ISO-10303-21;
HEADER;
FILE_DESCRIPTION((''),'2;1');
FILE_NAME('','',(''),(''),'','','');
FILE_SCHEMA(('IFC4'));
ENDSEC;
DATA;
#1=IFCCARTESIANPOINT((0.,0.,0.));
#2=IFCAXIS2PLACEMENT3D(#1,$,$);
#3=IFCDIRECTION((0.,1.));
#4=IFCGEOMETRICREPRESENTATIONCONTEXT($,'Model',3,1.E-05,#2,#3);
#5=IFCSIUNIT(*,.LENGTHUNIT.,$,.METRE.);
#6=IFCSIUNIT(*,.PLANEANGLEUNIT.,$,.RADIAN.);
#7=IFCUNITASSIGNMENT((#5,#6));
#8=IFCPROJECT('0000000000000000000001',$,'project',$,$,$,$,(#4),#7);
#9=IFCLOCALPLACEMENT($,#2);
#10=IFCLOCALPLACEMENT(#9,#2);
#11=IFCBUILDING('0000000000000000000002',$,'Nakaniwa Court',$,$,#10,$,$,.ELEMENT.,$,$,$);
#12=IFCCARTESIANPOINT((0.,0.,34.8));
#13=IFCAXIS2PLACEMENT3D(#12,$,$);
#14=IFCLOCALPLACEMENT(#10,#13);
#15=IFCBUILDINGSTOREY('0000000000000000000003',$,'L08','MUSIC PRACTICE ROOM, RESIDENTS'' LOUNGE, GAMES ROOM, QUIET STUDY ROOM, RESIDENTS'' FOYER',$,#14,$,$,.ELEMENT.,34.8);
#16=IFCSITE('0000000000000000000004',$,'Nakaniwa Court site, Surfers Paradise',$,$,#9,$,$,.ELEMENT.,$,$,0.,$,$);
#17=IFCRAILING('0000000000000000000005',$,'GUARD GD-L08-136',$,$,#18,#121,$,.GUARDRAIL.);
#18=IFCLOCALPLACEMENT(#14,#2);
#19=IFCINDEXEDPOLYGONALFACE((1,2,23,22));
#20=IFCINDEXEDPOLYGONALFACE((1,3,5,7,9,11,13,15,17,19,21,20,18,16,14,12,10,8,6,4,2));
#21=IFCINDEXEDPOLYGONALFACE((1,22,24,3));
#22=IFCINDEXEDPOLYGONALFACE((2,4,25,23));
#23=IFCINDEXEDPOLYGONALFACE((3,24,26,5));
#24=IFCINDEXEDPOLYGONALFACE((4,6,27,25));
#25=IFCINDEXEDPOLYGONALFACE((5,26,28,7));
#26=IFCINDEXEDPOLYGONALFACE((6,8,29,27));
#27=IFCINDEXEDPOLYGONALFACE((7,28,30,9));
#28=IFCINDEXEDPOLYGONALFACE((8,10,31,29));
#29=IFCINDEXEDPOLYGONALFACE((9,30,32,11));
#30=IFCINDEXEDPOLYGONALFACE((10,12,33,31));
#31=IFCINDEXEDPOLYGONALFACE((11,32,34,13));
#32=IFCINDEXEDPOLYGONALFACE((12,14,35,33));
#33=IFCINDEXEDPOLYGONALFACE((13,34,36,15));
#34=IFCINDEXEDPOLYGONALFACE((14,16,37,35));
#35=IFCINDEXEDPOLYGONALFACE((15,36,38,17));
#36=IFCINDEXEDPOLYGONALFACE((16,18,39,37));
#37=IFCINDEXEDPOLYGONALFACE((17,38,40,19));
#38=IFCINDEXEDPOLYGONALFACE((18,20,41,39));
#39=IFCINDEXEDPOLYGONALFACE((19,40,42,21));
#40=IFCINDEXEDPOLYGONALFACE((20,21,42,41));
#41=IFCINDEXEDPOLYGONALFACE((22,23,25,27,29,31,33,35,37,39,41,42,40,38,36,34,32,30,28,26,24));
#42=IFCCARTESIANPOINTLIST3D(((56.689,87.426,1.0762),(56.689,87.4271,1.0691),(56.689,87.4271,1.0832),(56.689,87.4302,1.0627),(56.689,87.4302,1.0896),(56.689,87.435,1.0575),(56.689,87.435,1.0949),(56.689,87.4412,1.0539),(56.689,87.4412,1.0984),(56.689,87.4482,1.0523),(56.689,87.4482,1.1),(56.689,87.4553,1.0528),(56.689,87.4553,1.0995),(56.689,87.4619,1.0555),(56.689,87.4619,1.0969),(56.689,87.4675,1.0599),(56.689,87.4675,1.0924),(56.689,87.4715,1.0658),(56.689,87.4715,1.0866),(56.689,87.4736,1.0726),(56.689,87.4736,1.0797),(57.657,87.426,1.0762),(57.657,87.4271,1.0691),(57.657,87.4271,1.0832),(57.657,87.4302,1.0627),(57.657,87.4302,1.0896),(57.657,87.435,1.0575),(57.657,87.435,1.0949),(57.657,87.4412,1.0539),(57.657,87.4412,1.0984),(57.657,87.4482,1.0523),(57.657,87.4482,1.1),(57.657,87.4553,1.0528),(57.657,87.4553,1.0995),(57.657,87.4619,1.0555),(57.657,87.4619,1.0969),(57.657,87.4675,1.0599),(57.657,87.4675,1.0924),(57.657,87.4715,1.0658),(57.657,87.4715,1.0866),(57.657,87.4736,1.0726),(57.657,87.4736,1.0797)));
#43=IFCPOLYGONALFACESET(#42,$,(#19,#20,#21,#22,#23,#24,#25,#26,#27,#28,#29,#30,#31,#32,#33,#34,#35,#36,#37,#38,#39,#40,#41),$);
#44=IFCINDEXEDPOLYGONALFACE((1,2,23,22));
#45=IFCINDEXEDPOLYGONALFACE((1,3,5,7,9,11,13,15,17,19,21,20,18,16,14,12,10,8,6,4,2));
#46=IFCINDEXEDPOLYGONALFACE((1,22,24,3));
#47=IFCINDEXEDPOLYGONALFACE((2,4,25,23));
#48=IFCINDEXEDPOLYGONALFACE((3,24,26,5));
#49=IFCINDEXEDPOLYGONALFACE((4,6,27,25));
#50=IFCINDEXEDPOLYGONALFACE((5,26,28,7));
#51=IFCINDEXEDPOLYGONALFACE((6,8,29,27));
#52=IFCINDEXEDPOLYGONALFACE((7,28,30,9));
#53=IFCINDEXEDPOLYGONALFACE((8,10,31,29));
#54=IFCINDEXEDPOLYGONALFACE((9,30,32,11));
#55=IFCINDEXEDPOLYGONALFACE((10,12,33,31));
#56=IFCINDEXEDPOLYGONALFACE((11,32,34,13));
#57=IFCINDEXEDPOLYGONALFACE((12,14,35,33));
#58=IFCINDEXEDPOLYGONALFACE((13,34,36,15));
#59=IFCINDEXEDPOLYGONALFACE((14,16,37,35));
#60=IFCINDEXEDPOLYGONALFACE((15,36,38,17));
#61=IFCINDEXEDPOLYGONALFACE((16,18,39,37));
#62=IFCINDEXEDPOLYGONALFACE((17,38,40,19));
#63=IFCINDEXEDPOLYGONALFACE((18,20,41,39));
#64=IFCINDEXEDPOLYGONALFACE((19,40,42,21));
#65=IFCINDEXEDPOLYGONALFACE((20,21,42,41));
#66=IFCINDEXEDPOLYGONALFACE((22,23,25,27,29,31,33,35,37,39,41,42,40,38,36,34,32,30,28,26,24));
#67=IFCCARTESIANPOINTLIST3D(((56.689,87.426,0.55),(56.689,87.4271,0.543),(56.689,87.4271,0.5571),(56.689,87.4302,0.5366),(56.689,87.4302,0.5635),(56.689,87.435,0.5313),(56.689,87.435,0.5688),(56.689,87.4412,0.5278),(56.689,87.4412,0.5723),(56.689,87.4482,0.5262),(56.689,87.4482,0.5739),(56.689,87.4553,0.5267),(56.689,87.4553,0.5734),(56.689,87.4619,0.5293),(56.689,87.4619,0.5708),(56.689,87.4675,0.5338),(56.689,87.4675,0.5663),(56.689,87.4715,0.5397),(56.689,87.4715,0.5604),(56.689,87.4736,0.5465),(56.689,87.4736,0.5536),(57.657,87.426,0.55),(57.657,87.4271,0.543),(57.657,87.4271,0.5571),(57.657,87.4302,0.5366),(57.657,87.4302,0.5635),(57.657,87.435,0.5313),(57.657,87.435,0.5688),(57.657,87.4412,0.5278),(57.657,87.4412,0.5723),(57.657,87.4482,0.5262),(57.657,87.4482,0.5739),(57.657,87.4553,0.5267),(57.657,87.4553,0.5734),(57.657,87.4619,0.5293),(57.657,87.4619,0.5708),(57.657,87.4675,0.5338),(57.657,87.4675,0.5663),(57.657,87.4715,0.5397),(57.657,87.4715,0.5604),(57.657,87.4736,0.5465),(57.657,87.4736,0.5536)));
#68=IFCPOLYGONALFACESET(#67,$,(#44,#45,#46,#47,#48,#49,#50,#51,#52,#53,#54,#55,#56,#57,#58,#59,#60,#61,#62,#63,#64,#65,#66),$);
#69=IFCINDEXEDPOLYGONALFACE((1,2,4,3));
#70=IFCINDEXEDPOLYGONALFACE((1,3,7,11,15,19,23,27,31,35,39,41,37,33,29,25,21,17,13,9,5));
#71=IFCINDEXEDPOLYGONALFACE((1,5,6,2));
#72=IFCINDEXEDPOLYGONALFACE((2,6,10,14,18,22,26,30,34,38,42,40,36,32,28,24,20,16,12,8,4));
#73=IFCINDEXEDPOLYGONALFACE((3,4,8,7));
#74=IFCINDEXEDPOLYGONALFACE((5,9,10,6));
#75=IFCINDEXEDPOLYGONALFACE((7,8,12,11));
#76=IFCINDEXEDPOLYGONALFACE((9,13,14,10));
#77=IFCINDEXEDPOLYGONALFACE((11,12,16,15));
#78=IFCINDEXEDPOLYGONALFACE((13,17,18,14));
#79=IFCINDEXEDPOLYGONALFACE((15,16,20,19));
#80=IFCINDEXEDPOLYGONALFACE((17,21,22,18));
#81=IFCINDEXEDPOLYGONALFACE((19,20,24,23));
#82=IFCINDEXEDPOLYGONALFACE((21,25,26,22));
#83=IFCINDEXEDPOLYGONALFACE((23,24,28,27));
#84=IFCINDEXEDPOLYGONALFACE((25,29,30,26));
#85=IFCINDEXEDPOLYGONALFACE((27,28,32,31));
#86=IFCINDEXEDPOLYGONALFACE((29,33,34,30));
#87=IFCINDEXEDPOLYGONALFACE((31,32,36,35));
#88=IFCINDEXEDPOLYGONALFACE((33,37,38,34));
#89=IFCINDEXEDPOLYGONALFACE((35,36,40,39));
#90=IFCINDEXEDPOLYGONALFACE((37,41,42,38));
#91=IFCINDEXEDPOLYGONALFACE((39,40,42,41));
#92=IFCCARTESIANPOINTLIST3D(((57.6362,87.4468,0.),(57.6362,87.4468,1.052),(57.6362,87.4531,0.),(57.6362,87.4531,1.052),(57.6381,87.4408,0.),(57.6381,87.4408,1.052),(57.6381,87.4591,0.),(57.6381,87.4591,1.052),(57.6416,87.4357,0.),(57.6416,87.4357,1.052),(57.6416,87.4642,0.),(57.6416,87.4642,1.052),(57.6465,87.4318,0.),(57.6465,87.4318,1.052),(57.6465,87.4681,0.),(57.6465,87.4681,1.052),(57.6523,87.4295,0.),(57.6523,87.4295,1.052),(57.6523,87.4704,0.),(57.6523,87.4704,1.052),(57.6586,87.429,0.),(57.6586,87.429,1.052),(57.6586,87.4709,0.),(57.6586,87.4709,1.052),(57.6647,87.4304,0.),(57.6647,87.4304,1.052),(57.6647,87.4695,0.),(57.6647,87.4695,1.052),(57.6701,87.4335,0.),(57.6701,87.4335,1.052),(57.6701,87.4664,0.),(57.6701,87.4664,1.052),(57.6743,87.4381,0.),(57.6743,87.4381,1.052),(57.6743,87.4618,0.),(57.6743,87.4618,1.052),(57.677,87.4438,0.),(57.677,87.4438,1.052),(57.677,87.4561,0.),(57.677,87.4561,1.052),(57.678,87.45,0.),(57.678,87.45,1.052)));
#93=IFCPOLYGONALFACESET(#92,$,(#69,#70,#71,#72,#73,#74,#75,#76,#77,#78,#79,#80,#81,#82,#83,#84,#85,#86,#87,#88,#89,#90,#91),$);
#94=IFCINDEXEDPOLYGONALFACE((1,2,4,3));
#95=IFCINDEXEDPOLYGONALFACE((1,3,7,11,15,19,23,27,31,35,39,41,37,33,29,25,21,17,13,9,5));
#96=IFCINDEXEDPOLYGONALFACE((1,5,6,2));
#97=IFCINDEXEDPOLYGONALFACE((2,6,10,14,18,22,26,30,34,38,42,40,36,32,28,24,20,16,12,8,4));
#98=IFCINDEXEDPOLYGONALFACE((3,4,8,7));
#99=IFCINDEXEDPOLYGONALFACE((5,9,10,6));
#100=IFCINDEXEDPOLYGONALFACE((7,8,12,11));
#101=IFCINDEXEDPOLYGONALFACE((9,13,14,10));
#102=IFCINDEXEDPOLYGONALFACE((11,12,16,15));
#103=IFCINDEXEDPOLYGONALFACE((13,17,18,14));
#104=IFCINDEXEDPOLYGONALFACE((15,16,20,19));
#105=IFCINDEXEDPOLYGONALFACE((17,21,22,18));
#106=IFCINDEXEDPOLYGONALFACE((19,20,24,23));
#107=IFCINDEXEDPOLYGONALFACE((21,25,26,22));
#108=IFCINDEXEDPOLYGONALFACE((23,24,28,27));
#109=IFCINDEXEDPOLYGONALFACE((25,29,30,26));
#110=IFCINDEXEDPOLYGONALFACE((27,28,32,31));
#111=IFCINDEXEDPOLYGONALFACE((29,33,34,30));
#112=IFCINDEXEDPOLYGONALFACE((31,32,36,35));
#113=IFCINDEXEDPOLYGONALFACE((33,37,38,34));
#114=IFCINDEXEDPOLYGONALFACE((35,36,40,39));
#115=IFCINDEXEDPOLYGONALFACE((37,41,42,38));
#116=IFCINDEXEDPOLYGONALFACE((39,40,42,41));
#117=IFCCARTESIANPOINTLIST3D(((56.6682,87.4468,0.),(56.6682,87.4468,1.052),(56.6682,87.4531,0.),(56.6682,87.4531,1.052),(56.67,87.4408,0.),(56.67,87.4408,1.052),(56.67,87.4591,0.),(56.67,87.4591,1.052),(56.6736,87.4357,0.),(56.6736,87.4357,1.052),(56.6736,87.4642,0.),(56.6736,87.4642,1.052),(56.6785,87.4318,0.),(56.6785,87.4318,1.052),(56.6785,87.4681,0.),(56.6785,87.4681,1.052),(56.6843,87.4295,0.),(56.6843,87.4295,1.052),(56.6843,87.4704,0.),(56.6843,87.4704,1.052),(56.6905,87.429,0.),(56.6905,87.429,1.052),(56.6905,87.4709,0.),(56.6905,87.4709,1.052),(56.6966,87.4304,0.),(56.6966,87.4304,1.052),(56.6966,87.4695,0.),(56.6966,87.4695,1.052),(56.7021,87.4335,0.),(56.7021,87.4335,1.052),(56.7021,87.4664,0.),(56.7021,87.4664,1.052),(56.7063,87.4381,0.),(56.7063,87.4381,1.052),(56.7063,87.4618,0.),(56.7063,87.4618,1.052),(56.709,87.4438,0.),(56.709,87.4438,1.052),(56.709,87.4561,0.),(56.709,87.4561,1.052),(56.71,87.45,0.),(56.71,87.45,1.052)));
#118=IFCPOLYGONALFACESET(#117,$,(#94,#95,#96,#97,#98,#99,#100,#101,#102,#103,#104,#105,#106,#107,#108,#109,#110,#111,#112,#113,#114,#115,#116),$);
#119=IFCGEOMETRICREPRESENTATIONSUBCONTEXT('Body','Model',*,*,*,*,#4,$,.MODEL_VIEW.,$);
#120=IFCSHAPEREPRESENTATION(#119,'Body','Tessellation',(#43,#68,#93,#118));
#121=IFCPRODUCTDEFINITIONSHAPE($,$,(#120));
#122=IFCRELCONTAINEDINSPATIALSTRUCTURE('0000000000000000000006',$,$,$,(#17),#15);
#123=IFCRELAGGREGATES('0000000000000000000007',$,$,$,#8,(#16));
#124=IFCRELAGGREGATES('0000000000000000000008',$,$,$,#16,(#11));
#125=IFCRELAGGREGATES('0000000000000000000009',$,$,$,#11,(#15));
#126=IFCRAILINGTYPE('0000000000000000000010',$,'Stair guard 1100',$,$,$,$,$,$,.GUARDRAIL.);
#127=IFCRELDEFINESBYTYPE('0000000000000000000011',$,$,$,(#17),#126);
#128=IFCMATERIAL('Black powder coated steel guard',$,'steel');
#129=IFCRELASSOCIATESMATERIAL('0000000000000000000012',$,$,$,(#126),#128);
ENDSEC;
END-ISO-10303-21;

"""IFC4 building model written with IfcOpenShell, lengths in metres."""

from ifc_helpers import new_model, si_unit, direction, frame, origin, origin_2d, place, context, subcontext, project, spatial, circle, extrude, material, type_object, element, save


model = new_model("IFC4")

# Units and contexts
model_context = context("Model", 3, precision=1e-05, world=origin(), true_north=direction((0.0, 1.0)))
body_context = subcontext(model_context, "Body", "Model", "MODEL_VIEW")
ifc_project = project(units=[si_unit("LENGTHUNIT", "METRE"), si_unit("PLANEANGLEUNIT", "RADIAN")], contexts=[model_context])

# Site, building, storey
site_placement = place(None, origin())
site = spatial("IfcSite", under=ifc_project, at=site_placement, Name="Nakaniwa Court site, Surfers Paradise", CompositionType="ELEMENT", RefElevation=0.0)
building_placement = place(site_placement, origin())
building = spatial("IfcBuilding", under=site, at=building_placement, Name="Nakaniwa Court", CompositionType="ELEMENT")
storey_placement = place(building_placement, frame((0.0, 0.0, 34.8)))
storey = spatial("IfcBuildingStorey", under=building, at=storey_placement, Name="L08", Description="MUSIC PRACTICE ROOM, RESIDENTS' LOUNGE, GAMES ROOM, QUIET STUDY ROOM, RESIDENTS' FOYER", CompositionType="ELEMENT", Elevation=34.8)

# Railing
ifc_material_1 = material(Name="Black powder coated steel guard", Category="steel")
railing_type = type_object("IfcRailingType", Name="Stair guard 1100", PredefinedType="GUARDRAIL", material=ifc_material_1)
railing_1_placement = place(storey_placement, frame((57.657, 87.45, 0.0)))
element("IfcRailing", 1, at=railing_1_placement, inside=storey, type_object=railing_type, Name="GUARD GD-L08-136", PredefinedType="GUARDRAIL", context=body_context, shape_type="SweptSolid", body=[
    extrude(circle(Radius=0.0239, at=origin_2d()), frame((0.0, 0.0, 1.0762), z_axis=(-1.0, 0.0, 0.0), x_axis=(0.0, -1.0, 0.0)), (0.0, 0.0, 1.0), 0.968),
    extrude(circle(Radius=0.0239, at=origin_2d()), frame((0.0, 0.0, 0.55), z_axis=(-1.0, 0.0, 0.0), x_axis=(0.0, -1.0, 0.0)), (0.0, 0.0, 1.0), 0.968),
    extrude(circle(Radius=0.021, at=origin_2d()), origin(), (0.0, 0.0, 1.0), 1.052),
    extrude(circle(Radius=0.021, at=origin_2d()), frame((-0.968, 0.0, 0.0)), (0.0, 0.0, 1.0), 1.052),
])

save(model, "model.ifc")
